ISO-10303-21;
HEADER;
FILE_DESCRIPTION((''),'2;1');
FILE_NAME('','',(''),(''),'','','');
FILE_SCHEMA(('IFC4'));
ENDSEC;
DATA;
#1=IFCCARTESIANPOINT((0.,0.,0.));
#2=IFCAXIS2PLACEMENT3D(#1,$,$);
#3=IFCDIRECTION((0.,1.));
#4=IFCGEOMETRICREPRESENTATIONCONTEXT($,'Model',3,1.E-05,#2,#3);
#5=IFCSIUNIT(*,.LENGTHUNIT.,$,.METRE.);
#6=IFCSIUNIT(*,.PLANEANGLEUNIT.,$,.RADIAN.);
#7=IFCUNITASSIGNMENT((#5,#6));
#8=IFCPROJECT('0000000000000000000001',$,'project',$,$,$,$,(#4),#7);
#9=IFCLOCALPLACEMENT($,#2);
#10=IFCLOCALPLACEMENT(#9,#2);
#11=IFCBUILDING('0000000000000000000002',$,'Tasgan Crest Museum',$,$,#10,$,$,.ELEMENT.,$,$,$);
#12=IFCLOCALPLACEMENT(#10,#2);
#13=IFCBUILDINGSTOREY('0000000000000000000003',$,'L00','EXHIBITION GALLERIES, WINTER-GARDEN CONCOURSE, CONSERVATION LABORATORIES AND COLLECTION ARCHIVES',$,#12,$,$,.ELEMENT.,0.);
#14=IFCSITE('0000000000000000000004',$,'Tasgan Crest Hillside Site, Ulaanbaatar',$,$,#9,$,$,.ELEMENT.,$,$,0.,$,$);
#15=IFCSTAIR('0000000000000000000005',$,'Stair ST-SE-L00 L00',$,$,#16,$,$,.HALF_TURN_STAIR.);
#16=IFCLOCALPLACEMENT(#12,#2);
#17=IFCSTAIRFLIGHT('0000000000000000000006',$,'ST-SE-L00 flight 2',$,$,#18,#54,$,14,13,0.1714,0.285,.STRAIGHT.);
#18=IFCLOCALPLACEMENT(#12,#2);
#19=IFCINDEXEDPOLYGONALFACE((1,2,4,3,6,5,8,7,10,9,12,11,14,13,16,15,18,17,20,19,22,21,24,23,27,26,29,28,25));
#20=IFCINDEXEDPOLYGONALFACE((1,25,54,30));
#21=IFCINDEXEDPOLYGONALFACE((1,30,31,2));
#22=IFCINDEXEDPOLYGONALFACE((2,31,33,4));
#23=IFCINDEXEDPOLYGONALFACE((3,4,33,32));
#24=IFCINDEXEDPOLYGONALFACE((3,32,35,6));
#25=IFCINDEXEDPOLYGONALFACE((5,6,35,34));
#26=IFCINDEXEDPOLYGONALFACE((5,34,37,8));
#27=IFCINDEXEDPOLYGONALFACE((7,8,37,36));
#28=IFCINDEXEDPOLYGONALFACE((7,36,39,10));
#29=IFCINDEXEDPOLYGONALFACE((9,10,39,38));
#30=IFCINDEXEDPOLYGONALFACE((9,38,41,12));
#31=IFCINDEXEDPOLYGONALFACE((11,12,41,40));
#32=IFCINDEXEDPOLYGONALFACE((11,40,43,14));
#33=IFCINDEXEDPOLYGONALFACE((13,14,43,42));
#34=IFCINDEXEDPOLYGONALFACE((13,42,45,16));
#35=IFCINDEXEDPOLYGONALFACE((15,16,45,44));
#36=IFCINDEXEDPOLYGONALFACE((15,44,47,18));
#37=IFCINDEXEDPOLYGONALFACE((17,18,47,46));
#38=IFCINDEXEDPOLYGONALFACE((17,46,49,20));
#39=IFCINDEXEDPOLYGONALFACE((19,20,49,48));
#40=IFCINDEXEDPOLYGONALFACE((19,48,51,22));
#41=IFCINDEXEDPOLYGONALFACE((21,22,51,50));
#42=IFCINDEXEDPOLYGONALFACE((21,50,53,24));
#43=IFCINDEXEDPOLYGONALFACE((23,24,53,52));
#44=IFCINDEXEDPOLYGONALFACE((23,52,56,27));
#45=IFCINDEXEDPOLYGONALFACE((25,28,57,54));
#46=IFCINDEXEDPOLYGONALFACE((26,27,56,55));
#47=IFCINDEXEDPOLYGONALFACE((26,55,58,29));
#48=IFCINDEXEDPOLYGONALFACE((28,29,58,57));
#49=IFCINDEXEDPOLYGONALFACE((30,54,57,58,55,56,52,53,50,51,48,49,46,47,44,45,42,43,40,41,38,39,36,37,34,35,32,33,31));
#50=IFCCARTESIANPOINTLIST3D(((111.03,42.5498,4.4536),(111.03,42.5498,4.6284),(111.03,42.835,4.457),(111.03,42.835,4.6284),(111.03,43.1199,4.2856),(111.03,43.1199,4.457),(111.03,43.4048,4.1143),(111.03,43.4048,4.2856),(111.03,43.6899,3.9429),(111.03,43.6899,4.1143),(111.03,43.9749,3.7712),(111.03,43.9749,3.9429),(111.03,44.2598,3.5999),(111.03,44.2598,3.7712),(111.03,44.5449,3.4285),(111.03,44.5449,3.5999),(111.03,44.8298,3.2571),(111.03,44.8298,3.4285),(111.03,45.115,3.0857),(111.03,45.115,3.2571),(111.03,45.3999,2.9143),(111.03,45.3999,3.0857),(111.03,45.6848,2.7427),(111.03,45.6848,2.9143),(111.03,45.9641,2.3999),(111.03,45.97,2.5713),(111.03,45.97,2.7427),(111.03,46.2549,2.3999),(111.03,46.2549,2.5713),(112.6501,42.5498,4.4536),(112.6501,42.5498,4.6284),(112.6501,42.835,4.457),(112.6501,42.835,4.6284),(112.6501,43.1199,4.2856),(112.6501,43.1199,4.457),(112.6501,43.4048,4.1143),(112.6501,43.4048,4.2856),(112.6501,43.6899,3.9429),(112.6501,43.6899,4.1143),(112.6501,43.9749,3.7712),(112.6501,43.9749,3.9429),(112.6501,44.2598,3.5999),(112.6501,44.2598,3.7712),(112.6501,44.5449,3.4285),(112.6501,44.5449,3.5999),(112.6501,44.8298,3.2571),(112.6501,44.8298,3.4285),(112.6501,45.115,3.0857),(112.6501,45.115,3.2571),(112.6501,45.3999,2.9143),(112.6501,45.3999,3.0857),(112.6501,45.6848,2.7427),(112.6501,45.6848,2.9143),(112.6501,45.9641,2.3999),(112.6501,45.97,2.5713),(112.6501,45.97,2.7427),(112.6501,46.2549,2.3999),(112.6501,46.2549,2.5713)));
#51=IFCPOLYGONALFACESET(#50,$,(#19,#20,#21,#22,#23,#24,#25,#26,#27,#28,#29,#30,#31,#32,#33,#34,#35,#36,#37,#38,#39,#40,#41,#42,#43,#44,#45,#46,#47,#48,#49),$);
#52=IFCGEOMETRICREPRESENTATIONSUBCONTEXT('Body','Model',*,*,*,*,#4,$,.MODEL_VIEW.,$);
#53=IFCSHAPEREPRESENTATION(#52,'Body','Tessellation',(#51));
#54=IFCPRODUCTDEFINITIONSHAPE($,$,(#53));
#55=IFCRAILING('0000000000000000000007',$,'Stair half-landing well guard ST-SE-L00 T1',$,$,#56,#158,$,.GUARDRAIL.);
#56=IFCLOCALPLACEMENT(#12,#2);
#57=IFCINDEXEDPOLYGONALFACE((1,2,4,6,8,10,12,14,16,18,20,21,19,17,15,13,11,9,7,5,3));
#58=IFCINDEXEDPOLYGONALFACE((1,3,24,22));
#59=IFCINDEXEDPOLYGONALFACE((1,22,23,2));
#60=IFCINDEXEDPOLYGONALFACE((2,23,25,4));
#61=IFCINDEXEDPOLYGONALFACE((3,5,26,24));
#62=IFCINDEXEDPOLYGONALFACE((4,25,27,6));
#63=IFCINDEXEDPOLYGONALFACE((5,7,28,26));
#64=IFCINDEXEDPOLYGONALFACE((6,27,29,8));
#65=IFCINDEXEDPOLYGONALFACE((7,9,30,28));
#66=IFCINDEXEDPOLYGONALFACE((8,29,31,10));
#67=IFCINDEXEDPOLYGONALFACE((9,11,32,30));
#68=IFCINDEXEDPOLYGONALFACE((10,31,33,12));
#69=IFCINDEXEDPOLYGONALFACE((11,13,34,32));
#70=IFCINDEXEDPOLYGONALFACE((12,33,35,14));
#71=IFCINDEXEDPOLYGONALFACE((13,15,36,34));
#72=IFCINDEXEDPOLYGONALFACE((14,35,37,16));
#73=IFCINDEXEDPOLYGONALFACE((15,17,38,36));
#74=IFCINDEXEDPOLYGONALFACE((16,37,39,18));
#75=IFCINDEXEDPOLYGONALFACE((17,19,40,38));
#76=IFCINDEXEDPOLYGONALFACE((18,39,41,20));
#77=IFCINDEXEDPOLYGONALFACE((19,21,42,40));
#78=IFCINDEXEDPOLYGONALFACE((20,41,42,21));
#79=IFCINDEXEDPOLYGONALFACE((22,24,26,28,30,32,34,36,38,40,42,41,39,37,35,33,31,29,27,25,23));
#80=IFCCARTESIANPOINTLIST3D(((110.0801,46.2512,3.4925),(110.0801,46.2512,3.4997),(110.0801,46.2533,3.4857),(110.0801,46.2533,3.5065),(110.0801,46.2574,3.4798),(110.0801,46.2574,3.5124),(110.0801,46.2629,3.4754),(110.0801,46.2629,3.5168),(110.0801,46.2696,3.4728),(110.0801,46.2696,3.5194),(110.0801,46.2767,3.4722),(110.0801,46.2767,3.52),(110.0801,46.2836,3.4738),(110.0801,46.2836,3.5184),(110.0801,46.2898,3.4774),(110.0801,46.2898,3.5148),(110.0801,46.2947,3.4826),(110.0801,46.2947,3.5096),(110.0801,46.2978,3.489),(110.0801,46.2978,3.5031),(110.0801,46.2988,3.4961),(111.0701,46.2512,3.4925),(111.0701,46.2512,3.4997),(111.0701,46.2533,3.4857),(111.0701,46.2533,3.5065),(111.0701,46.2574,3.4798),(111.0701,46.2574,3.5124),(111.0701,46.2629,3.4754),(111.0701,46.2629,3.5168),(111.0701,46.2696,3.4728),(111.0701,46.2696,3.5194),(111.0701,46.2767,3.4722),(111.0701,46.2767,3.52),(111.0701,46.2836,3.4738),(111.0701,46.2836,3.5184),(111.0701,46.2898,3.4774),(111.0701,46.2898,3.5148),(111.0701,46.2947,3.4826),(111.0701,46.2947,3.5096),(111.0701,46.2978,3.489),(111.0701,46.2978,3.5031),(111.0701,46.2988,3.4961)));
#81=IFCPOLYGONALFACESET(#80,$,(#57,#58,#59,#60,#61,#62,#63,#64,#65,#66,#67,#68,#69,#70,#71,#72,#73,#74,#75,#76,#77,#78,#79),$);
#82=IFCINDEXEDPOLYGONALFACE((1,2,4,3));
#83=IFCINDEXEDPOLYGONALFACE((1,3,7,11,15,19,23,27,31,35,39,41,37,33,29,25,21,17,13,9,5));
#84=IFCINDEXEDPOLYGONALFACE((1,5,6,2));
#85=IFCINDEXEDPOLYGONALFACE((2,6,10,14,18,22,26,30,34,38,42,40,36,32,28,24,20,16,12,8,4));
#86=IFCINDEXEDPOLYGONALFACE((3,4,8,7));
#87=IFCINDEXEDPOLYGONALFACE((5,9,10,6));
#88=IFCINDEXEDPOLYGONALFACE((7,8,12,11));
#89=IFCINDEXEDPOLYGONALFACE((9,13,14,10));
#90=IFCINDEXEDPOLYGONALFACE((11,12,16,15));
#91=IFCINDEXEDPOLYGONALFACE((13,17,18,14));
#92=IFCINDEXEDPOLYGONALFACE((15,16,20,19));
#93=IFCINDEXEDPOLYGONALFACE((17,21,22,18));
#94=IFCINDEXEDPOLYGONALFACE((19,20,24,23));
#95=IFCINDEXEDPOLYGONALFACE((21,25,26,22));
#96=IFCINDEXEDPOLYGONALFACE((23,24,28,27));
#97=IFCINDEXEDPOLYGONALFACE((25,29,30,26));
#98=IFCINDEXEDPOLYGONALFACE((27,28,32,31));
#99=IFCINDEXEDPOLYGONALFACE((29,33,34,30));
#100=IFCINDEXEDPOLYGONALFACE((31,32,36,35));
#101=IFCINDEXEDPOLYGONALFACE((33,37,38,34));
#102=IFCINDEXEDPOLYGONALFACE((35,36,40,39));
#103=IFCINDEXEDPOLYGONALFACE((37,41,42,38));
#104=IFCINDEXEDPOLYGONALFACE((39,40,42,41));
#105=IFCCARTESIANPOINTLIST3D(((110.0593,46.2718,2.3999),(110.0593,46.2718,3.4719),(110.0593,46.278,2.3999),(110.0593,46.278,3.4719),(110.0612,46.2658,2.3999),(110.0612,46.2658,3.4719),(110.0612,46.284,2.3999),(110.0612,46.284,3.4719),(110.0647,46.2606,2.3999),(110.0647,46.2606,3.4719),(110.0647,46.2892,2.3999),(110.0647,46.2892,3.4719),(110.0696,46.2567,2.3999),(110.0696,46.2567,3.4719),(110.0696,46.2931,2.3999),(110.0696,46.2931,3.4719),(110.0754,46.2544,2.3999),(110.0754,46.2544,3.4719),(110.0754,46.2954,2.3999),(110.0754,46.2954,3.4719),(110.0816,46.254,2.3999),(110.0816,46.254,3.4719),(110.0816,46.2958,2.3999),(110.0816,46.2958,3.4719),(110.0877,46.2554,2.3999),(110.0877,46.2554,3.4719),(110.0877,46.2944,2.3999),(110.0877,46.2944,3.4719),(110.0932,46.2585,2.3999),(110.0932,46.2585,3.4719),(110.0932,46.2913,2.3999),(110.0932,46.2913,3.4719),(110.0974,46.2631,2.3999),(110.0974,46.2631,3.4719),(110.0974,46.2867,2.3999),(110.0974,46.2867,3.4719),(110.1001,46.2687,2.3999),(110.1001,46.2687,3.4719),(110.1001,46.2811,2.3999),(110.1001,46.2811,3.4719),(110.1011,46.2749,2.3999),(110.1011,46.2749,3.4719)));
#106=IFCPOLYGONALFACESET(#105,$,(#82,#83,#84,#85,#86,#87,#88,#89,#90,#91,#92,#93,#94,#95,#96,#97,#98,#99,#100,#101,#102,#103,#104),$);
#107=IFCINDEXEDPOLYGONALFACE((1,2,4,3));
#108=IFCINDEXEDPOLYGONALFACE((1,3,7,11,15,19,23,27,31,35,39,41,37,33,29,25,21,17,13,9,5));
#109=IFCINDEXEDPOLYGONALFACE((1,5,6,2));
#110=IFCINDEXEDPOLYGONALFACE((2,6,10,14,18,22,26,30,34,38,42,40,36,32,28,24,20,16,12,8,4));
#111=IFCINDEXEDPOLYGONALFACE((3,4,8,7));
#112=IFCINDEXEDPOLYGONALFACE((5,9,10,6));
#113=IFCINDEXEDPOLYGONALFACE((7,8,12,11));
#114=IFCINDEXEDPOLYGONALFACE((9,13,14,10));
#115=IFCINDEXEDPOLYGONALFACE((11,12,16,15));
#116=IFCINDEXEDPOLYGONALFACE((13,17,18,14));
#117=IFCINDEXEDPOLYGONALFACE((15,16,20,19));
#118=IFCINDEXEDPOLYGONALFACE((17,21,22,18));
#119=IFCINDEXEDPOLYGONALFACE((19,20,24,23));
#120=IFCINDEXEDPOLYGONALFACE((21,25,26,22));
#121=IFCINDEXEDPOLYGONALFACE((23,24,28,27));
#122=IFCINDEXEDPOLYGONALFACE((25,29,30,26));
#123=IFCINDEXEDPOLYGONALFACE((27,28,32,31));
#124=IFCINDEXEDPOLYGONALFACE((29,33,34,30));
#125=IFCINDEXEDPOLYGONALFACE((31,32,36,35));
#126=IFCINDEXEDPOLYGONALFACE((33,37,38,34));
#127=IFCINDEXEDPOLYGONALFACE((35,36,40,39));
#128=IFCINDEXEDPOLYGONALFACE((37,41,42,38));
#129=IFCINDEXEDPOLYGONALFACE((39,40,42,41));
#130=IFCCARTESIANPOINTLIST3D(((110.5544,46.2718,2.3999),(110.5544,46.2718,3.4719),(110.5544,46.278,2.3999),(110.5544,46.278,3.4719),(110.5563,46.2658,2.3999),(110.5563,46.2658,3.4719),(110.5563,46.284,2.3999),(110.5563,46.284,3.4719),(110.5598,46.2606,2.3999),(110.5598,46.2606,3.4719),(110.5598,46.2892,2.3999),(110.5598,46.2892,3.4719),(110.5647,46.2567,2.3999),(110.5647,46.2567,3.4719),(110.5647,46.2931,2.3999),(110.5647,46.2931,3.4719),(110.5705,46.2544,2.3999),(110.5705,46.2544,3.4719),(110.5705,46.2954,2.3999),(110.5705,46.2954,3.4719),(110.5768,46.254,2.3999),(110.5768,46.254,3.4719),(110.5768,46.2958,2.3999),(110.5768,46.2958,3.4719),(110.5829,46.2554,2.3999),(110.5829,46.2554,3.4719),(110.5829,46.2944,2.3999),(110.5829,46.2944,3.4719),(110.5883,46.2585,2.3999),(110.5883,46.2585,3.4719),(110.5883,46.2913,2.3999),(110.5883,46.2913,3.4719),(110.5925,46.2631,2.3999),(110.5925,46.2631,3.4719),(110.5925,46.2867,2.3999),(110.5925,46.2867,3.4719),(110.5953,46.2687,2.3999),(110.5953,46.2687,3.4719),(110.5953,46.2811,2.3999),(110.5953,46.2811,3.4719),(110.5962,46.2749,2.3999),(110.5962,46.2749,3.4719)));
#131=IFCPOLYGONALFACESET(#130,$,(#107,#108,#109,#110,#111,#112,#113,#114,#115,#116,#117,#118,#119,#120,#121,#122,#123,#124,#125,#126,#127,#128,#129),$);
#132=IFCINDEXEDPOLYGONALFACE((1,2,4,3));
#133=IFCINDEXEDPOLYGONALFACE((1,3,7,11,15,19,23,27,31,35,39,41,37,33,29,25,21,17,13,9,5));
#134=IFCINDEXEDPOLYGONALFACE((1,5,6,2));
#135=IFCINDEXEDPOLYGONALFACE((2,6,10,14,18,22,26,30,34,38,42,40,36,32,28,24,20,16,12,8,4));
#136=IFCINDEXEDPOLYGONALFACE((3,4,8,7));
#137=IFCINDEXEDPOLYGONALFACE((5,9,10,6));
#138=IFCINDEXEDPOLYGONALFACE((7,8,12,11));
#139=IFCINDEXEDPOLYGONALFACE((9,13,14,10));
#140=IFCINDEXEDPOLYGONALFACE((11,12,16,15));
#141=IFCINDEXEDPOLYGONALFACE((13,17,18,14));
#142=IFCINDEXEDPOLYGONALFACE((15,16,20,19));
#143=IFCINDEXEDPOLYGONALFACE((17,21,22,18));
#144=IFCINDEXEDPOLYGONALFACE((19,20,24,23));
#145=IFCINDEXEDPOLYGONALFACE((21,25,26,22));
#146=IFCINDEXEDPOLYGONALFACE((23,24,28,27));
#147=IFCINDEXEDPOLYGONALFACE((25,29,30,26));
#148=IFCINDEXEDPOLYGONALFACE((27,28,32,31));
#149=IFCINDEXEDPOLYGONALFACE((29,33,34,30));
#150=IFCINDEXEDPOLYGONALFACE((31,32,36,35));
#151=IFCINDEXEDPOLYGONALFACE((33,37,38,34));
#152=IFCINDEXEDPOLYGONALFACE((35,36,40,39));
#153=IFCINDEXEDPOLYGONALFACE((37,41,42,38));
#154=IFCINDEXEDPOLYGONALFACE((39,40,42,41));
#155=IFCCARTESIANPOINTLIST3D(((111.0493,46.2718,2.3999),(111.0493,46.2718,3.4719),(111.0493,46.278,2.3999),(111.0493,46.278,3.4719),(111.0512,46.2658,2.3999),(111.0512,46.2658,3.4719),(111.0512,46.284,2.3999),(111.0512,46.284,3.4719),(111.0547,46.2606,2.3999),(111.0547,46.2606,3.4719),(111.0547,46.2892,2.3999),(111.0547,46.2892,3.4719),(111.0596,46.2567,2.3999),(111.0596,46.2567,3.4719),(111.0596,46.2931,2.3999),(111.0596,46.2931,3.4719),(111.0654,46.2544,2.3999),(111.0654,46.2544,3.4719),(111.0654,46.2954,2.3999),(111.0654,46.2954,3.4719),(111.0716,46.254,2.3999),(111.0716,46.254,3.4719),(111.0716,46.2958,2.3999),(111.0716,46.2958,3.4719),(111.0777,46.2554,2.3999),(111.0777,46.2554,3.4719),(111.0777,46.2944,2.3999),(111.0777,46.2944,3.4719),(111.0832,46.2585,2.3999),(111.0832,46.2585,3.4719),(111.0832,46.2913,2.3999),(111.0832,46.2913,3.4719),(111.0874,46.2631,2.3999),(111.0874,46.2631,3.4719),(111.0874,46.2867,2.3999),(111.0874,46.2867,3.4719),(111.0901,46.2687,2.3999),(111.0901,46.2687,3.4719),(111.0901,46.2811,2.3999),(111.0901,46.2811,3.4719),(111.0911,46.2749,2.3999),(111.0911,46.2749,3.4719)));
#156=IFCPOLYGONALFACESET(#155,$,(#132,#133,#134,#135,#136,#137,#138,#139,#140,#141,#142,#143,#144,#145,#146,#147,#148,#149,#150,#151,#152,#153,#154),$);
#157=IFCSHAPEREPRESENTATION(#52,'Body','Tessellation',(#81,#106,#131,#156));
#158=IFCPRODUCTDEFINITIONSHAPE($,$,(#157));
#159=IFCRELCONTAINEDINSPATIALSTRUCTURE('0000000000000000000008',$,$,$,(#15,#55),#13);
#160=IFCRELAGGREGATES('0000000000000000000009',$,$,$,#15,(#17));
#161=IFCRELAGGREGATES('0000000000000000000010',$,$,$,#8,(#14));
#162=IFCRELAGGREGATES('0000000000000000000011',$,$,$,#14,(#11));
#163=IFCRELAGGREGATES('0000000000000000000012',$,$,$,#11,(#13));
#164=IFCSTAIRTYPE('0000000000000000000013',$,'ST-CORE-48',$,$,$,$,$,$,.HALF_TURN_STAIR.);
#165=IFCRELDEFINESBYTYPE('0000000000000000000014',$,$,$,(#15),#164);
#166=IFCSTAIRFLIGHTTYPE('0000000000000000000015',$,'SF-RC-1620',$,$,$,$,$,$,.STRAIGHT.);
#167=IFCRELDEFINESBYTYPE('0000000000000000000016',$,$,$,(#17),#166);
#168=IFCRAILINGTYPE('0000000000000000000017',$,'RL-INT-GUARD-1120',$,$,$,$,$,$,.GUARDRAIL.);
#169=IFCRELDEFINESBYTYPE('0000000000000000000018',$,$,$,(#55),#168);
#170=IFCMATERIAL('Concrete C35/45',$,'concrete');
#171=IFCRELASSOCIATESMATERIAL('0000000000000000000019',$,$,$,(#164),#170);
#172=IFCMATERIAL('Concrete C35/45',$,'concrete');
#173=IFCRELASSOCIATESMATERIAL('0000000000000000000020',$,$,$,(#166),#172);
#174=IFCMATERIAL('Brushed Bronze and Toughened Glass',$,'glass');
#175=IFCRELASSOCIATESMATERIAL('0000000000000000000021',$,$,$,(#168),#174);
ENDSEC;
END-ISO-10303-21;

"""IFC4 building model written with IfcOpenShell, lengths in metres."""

from ifc_helpers import new_model, si_unit, direction, frame, origin, origin_2d, place, context, subcontext, project, spatial, polyline, circle, outline, extrude, material, type_object, element, aggregate, save


model = new_model("IFC4")

# Units and contexts
model_context = context("Model", 3, precision=1e-05, world=origin(), true_north=direction((0.0, 1.0)))
body_context = subcontext(model_context, "Body", "Model", "MODEL_VIEW")
ifc_project = project(units=[si_unit("LENGTHUNIT", "METRE"), si_unit("PLANEANGLEUNIT", "RADIAN")], contexts=[model_context])

# Site, building, storey
site_placement = place(None, origin())
site = spatial("IfcSite", under=ifc_project, at=site_placement, Name="Tasgan Crest Hillside Site, Ulaanbaatar", CompositionType="ELEMENT", RefElevation=0.0)
building_placement = place(site_placement, origin())
building = spatial("IfcBuilding", under=site, at=building_placement, Name="Tasgan Crest Museum", CompositionType="ELEMENT")
storey_placement = place(building_placement, origin())
storey = spatial("IfcBuildingStorey", under=building, at=storey_placement, Name="L00", Description="EXHIBITION GALLERIES, WINTER-GARDEN CONCOURSE, CONSERVATION LABORATORIES AND COLLECTION ARCHIVES", CompositionType="ELEMENT", Elevation=0.0)

# Stair, stair flight
ifc_material_1 = material(Name="Concrete C35/45", Category="concrete")
stair_type = type_object("IfcStairType", Name="ST-CORE-48", PredefinedType="HALF_TURN_STAIR", material=ifc_material_1)
stair_placement = place(storey_placement, origin())
stair = element("IfcStair", 1, at=stair_placement, inside=storey, type_object=stair_type, Name="Stair ST-SE-L00 L00", PredefinedType="HALF_TURN_STAIR")
ifc_material_2 = material(Name="Concrete C35/45", Category="concrete")
stair_flight_type = type_object("IfcStairFlightType", Name="SF-RC-1620", PredefinedType="STRAIGHT", material=ifc_material_2)
stair_flight_1_placement = place(storey_placement, frame((111.8401, 46.2549, 2.3999), z_axis=(0.0, 0.0, 1.0), x_axis=(0.0, -1.0, 0.0)))
stair_flight_1 = element("IfcStairFlight", 2, at=stair_flight_1_placement, type_object=stair_flight_type, Name="ST-SE-L00 flight 2", NumberOfRisers=14, NumberOfTreads=13, PredefinedType="STRAIGHT", RiserHeight=0.1714, TreadLength=0.285, context=body_context, shape_type="SweptSolid", body=[
    extrude(outline(polyline([(0.0, 0.0), (0.0, 0.1714), (0.2849, 0.1714), (0.2849, 0.3428), (0.5701, 0.3428), (0.5701, 0.5144), (0.855, 0.5144), (0.855, 0.6858), (1.1399, 0.6858), (1.1399, 0.8572), (1.425, 0.8572), (1.425, 1.0286), (1.71, 1.0286), (1.71, 1.2), (1.9951, 1.2), (1.9951, 1.3713), (2.28, 1.3713), (2.28, 1.543), (2.5649, 1.543), (2.5649, 1.7144), (2.8501, 1.7144), (2.8501, 1.8857), (3.135, 1.8857), (3.135, 2.0571), (3.4199, 2.0571), (3.4199, 2.2285), (3.7051, 2.2285), (3.7051, 2.3999), (3.7051, 2.0537), (0.2908, 0.0), (0.0, 0.0)])), frame((0.0, 0.8101, 0.0), z_axis=(0.0, -1.0, 0.0), x_axis=(1.0, 0.0, 0.0)), (0.0, 0.0, 1.0), 1.6201),
])
aggregate(stair, [stair_flight_1])

# Railing
ifc_material_3 = material(Name="Brushed Bronze and Toughened Glass", Category="glass")
railing_type_1 = type_object("IfcRailingType", Name="RL-INT-GUARD-1120", PredefinedType="GUARDRAIL", material=ifc_material_3)
railing_placement = place(storey_placement, frame((110.0801, 46.2749, 2.3999)))
element("IfcRailing", 3, at=railing_placement, inside=storey, type_object=railing_type_1, Name="Stair half-landing well guard ST-SE-L00 T1", PredefinedType="GUARDRAIL", context=body_context, shape_type="SweptSolid", body=[
    extrude(circle(Radius=0.0239, at=origin_2d()), frame((0.0, 0.0, 1.0962), z_axis=(1.0, 0.0, 0.0), x_axis=(0.0, 1.0, 0.0)), (0.0, 0.0, 1.0), 0.99),
    extrude(circle(Radius=0.021, at=origin_2d()), origin(), (0.0, 0.0, 1.0), 1.072),
    extrude(circle(Radius=0.021, at=origin_2d()), frame((0.4951, 0.0, 0.0)), (0.0, 0.0, 1.0), 1.072),
    extrude(circle(Radius=0.021, at=origin_2d()), frame((0.99, 0.0, 0.0)), (0.0, 0.0, 1.0), 1.072),
])

save(model, "model.ifc")
